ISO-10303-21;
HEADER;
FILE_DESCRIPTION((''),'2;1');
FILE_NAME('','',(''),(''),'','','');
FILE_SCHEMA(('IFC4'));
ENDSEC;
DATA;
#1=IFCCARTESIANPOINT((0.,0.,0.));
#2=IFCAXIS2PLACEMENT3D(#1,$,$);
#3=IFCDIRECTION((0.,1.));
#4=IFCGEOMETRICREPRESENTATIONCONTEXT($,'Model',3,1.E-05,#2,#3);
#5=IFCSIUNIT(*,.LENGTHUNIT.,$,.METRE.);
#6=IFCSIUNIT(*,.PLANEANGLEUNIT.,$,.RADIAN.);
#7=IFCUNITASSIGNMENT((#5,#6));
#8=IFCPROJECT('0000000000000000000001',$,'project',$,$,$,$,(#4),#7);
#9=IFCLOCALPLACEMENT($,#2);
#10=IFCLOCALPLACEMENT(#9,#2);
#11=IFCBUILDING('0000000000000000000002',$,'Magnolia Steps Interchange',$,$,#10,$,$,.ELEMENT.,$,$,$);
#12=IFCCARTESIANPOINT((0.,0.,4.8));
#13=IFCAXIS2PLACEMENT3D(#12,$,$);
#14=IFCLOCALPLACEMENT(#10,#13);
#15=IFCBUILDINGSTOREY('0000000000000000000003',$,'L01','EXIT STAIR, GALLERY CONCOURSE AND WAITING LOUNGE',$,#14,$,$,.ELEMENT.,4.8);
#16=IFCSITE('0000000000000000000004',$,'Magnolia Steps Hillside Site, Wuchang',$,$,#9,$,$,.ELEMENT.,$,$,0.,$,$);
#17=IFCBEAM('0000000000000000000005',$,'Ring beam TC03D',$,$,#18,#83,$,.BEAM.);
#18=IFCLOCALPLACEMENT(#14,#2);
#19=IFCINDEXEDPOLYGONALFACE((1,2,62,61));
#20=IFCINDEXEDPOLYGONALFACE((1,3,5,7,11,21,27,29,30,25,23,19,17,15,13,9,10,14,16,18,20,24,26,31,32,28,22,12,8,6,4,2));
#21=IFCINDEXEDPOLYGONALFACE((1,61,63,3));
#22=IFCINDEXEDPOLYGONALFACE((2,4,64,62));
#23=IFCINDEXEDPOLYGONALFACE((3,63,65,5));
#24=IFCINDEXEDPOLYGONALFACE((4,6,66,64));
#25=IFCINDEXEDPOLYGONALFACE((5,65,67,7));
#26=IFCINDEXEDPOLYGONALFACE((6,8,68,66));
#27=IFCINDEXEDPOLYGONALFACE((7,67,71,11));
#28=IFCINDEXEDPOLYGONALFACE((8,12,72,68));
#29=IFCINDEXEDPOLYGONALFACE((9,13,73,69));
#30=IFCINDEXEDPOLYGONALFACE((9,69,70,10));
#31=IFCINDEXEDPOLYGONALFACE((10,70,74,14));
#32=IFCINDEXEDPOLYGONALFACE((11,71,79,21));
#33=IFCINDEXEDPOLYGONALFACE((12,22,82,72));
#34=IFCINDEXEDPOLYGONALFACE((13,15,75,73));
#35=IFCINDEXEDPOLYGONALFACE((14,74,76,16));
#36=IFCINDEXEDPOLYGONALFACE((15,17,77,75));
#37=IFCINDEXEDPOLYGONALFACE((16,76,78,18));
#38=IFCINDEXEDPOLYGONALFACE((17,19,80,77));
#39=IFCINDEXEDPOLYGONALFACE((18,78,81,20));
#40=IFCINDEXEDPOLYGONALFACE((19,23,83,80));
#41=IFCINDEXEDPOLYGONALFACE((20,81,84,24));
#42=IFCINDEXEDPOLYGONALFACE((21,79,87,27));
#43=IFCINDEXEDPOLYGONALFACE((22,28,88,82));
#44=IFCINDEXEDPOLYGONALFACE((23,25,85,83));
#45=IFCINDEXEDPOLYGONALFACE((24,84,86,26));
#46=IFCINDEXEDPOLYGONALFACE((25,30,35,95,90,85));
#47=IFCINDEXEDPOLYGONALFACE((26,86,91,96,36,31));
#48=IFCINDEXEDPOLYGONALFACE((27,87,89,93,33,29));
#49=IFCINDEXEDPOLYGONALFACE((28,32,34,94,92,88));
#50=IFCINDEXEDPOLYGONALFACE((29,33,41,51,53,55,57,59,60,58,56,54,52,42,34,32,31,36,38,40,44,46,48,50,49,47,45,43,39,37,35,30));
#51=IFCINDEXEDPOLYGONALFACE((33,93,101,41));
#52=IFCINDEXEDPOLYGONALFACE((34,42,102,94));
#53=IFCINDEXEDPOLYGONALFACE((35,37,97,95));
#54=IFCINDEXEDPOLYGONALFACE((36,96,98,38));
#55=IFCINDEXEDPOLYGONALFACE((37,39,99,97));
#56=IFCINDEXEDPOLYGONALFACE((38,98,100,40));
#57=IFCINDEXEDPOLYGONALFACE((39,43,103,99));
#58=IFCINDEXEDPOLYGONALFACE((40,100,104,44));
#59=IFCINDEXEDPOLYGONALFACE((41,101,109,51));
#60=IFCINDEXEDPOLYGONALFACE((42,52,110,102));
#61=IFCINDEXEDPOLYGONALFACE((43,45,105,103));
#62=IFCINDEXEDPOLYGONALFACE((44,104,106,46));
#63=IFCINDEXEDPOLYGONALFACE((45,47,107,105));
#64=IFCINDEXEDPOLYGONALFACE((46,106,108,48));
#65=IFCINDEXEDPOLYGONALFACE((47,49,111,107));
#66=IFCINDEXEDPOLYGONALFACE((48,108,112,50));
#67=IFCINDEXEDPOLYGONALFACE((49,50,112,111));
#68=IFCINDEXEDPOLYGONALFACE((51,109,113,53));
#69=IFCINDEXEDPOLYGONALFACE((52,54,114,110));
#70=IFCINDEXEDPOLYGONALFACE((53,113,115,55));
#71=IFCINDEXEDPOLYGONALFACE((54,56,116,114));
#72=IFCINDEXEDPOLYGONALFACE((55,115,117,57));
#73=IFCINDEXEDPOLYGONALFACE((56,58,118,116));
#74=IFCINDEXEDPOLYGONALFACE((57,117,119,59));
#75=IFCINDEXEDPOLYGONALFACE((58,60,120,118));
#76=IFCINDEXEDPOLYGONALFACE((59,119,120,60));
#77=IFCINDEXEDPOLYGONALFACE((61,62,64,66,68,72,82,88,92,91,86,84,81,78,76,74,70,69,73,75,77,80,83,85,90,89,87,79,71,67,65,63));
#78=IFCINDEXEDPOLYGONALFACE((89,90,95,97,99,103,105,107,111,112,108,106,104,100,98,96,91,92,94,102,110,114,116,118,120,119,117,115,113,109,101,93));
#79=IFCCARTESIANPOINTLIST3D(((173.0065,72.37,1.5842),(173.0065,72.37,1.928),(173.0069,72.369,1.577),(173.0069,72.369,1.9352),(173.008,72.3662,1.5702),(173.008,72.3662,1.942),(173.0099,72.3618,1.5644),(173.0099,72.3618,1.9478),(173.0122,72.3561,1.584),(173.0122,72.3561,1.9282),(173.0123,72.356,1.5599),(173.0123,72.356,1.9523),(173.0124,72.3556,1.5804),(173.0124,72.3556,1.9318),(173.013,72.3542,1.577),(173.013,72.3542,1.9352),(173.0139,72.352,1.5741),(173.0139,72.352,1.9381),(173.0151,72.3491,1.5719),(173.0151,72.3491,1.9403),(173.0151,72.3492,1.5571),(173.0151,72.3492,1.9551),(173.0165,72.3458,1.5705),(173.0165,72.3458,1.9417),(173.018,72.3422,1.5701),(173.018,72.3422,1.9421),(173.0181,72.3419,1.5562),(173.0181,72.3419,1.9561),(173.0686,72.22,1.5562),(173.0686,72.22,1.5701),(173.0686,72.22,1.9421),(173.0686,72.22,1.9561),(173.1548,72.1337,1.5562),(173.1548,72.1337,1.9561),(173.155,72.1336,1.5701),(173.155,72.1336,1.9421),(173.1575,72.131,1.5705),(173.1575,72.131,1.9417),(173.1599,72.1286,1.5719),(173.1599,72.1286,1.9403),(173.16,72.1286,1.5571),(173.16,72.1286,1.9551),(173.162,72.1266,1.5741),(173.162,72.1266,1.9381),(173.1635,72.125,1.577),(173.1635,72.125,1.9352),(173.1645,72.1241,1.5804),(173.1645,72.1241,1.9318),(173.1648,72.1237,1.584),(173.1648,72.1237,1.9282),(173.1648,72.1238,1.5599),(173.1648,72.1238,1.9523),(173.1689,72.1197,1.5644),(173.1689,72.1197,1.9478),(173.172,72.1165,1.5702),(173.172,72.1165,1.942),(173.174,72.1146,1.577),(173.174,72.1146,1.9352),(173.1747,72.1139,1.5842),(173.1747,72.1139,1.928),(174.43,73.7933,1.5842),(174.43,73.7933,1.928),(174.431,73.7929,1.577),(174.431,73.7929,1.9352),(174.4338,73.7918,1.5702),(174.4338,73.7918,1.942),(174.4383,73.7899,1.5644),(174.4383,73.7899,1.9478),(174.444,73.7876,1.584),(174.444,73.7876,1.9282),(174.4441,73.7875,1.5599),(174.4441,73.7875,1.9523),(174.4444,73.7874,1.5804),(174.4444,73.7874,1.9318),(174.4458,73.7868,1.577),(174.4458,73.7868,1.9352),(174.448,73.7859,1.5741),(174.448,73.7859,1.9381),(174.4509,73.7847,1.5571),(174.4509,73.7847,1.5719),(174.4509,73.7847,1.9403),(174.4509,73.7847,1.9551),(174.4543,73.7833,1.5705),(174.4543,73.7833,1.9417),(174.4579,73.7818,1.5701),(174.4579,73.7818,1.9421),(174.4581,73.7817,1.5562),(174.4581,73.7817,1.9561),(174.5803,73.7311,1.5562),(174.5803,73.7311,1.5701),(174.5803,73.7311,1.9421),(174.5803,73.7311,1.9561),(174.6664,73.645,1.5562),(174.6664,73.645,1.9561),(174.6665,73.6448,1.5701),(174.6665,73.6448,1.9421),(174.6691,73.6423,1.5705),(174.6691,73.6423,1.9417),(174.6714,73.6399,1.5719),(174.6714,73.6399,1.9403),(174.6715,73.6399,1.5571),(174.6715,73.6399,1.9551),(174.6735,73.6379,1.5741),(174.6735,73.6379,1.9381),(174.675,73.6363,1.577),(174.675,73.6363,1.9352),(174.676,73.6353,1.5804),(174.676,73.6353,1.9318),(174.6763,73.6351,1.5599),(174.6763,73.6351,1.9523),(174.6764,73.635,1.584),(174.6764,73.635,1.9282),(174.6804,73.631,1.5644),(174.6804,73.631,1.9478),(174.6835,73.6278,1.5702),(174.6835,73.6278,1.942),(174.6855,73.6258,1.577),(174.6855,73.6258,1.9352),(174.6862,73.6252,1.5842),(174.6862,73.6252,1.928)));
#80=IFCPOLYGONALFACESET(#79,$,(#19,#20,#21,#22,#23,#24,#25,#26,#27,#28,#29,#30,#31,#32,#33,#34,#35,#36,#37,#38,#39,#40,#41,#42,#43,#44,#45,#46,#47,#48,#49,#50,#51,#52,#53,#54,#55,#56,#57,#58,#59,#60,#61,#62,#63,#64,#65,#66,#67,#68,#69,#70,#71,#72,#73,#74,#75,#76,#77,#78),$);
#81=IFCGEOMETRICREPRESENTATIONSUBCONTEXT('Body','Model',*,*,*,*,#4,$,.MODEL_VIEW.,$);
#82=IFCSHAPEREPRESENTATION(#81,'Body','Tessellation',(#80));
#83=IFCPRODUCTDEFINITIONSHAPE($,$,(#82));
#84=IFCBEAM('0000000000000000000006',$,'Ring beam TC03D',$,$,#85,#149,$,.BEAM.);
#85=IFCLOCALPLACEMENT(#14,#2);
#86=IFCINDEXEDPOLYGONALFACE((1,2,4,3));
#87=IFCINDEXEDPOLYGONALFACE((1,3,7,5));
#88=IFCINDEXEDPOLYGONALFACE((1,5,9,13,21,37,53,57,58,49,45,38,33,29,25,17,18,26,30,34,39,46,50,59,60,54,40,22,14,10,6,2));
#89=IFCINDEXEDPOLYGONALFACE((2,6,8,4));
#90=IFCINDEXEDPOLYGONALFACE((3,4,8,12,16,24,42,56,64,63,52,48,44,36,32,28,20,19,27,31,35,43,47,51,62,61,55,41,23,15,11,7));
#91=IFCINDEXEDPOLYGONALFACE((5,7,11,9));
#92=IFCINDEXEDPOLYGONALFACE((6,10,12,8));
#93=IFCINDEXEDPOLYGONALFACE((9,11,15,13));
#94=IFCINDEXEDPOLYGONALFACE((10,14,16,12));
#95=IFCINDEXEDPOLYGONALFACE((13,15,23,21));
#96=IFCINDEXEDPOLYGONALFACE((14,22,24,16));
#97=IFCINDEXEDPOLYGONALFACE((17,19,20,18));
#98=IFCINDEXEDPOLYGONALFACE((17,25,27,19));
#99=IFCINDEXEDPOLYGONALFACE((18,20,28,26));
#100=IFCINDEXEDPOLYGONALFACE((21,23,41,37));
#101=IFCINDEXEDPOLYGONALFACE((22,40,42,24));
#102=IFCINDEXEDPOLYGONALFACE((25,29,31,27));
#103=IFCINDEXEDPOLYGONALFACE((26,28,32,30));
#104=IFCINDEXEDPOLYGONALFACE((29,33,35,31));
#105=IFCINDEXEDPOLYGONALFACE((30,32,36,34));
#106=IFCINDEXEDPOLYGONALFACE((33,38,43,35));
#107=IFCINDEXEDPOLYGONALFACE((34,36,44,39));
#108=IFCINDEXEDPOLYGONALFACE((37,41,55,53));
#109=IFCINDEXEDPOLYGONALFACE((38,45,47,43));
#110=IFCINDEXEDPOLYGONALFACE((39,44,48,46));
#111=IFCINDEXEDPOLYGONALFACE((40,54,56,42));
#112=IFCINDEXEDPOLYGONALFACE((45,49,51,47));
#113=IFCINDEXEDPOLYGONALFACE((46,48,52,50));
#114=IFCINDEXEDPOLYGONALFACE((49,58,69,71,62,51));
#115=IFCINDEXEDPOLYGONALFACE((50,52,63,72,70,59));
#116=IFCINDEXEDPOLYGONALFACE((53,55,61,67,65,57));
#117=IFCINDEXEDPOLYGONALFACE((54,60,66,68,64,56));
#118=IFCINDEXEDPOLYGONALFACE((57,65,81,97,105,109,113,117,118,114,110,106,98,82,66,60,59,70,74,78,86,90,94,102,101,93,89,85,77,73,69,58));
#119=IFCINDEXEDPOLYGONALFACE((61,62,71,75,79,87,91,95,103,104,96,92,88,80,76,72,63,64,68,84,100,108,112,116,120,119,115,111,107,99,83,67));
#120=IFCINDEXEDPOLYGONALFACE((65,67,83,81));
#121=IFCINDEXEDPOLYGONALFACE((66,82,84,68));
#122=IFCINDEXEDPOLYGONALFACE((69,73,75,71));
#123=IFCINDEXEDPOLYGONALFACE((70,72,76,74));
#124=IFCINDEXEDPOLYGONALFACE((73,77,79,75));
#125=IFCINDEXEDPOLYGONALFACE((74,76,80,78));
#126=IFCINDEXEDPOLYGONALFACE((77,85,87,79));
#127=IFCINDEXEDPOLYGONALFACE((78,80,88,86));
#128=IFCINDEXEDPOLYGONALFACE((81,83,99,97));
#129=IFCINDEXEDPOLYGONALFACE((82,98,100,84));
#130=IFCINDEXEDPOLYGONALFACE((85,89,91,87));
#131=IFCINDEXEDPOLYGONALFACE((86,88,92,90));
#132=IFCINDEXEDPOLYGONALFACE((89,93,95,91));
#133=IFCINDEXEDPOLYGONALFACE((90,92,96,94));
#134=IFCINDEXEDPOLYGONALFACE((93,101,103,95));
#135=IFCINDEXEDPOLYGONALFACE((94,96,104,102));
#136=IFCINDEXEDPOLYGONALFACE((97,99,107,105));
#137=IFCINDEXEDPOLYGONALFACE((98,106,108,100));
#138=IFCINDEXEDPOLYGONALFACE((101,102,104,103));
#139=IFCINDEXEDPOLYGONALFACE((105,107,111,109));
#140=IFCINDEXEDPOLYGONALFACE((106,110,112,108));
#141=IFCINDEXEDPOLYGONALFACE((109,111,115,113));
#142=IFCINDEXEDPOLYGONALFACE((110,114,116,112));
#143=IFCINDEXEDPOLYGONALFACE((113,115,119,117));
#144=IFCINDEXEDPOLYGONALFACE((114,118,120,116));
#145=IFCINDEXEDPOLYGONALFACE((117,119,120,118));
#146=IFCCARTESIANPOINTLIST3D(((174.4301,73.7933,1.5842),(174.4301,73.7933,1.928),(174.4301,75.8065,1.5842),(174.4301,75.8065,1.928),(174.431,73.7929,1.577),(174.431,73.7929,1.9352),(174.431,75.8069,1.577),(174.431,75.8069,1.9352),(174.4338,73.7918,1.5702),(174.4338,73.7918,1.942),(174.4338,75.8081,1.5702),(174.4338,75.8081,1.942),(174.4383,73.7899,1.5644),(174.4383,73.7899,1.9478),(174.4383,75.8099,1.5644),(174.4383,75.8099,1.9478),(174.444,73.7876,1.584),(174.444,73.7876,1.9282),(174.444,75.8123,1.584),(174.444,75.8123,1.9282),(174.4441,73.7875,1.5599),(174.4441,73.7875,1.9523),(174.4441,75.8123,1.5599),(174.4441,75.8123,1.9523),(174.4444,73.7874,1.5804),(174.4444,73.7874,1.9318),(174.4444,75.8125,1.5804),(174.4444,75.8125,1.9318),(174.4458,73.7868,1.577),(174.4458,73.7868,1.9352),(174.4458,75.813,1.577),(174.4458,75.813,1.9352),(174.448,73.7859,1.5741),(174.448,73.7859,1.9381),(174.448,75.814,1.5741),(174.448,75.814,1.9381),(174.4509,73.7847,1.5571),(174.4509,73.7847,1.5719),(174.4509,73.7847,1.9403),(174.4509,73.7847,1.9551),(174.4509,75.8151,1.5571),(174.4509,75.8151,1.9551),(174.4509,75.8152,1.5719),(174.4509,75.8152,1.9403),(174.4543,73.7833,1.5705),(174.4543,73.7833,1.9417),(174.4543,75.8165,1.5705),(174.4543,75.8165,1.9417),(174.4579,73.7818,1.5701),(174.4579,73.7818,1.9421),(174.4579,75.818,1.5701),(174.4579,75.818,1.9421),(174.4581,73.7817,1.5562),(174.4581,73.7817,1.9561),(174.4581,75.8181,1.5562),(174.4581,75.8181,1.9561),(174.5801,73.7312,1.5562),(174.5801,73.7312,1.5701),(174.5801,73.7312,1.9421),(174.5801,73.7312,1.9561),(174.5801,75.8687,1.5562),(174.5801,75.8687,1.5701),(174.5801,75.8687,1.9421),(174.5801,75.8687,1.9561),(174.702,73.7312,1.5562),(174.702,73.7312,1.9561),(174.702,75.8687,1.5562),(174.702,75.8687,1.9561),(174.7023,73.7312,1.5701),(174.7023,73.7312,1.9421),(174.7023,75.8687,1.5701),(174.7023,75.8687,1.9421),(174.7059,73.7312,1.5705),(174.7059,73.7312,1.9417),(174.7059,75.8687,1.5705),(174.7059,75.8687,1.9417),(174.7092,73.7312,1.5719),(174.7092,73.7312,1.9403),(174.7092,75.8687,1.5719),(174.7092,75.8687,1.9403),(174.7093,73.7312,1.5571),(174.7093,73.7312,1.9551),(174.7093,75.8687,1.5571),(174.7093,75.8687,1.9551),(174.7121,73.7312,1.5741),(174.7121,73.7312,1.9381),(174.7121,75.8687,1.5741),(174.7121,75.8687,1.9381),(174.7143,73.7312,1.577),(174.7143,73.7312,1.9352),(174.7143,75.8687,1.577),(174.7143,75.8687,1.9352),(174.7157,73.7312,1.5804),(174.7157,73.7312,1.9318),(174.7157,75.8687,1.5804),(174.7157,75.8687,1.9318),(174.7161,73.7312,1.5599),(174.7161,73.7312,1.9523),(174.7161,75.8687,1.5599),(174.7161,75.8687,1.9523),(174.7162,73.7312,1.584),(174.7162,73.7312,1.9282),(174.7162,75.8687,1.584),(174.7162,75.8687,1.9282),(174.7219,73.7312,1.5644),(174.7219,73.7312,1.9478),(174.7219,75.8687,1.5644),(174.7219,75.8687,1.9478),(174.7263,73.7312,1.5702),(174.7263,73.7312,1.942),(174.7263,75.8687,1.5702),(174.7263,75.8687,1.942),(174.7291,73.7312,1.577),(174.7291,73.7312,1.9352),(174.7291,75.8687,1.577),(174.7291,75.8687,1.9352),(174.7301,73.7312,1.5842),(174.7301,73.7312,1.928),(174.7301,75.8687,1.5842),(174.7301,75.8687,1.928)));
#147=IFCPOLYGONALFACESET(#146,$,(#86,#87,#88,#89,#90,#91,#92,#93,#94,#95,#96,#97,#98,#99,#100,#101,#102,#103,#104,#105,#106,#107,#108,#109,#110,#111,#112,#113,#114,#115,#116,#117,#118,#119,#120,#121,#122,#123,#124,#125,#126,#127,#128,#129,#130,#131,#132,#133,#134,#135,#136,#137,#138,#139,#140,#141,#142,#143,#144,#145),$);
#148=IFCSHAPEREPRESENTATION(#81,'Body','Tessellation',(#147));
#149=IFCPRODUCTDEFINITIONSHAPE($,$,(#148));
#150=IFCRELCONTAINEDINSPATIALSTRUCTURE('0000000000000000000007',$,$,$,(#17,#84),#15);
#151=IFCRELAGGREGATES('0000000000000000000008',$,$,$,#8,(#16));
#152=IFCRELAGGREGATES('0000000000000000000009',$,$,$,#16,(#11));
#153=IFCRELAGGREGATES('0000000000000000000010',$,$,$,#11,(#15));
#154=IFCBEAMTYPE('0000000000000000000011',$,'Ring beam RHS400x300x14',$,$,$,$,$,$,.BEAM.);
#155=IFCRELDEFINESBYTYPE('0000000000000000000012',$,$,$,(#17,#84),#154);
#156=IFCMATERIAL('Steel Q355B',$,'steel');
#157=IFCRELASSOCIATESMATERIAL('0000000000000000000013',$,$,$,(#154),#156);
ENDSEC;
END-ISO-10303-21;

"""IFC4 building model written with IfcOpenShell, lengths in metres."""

from ifc_helpers import new_model, si_unit, direction, frame, origin, origin_2d, place, context, subcontext, project, spatial, hollow_rectangle, extrude, clip, halfspace, material, material_profile, profile_set, type_object, element, save


model = new_model("IFC4")

# Units and contexts
model_context = context("Model", 3, precision=1e-05, world=origin(), true_north=direction((0.0, 1.0)))
body_context = subcontext(model_context, "Body", "Model", "MODEL_VIEW")
ifc_project = project(units=[si_unit("LENGTHUNIT", "METRE"), si_unit("PLANEANGLEUNIT", "RADIAN")], contexts=[model_context])

# Site, building, storey
site_placement = place(None, origin())
site = spatial("IfcSite", under=ifc_project, at=site_placement, Name="Magnolia Steps Hillside Site, Wuchang", CompositionType="ELEMENT", RefElevation=0.0)
building_placement = place(site_placement, origin())
building = spatial("IfcBuilding", under=site, at=building_placement, Name="Magnolia Steps Interchange", CompositionType="ELEMENT")
storey_placement = place(building_placement, frame((0.0, 0.0, 4.8)))
storey = spatial("IfcBuildingStorey", under=building, at=storey_placement, Name="L01", Description="EXIT STAIR, GALLERY CONCOURSE AND WAITING LOUNGE", CompositionType="ELEMENT", Elevation=4.8)

# Beams
ifc_material_1 = material(Name="Steel Q355B", Category="steel")
ifc_material_profile_1 = material_profile(ifc_material_1, hollow_rectangle(XDim=0.3, YDim=0.3999, WallThickness=0.0139, InnerFilletRadius=0.0139, OuterFilletRadius=0.0281, at=origin_2d()), Name="RHS400x300x14")
ifc_profile_set_1 = profile_set([ifc_material_profile_1], Name="Steel Q355B")
beam_type_1 = type_object("IfcBeamType", Name="Ring beam RHS400x300x14", PredefinedType="BEAM", material=ifc_profile_set_1)
beam_1_placement = place(storey_placement, frame((173.0686, 72.22, 1.7561), z_axis=(0.707164, 0.70705, 0.0), x_axis=(-0.70705, 0.707164, 0.0)))
element("IfcBeam", 1, at=beam_1_placement, inside=storey, type_object=beam_type_1, Name="Ring beam TC03D", PredefinedType="BEAM", context=body_context, shape_type="Clipping", body=[
    clip(clip(extrude(hollow_rectangle(XDim=0.3, YDim=0.3999, WallThickness=0.0139, InnerFilletRadius=0.0139, OuterFilletRadius=0.0281, at=origin_2d()), origin(), (0.0, 0.0, 1.0), 2.1375), halfspace(frame((0.0, 0.0, 0.0), z_axis=(0.382609, 0.0, -0.92391), x_axis=(0.92391, 0.0, 0.382609)), False)), halfspace(frame((0.0, 0.0, 2.1374), z_axis=(0.382758, 0.0, 0.923849), x_axis=(0.923849, 0.0, -0.382758)), False)),
])
beam_2_placement = place(storey_placement, frame((174.5801, 73.7312, 1.7561), z_axis=(0.0, 1.0, 0.0), x_axis=(-1.0, 0.0, 0.0)))
element("IfcBeam", 2, at=beam_2_placement, inside=storey, type_object=beam_type_1, Name="Ring beam TC03D", PredefinedType="BEAM", context=body_context, shape_type="Clipping", body=[
    clip(clip(extrude(hollow_rectangle(XDim=0.3, YDim=0.3999, WallThickness=0.0139, InnerFilletRadius=0.0139, OuterFilletRadius=0.0281, at=origin_2d()), origin(), (0.0, 0.0, 1.0), 2.1375), halfspace(frame((0.0, 0.0, 0.0), z_axis=(0.382683, 0.0, -0.92388), x_axis=(0.92388, 0.0, 0.382683)), False)), halfspace(frame((0.0, 0.0, 2.1375), z_axis=(0.382683, 0.0, 0.92388), x_axis=(0.92388, 0.0, -0.382683)), False)),
])

save(model, "model.ifc")
